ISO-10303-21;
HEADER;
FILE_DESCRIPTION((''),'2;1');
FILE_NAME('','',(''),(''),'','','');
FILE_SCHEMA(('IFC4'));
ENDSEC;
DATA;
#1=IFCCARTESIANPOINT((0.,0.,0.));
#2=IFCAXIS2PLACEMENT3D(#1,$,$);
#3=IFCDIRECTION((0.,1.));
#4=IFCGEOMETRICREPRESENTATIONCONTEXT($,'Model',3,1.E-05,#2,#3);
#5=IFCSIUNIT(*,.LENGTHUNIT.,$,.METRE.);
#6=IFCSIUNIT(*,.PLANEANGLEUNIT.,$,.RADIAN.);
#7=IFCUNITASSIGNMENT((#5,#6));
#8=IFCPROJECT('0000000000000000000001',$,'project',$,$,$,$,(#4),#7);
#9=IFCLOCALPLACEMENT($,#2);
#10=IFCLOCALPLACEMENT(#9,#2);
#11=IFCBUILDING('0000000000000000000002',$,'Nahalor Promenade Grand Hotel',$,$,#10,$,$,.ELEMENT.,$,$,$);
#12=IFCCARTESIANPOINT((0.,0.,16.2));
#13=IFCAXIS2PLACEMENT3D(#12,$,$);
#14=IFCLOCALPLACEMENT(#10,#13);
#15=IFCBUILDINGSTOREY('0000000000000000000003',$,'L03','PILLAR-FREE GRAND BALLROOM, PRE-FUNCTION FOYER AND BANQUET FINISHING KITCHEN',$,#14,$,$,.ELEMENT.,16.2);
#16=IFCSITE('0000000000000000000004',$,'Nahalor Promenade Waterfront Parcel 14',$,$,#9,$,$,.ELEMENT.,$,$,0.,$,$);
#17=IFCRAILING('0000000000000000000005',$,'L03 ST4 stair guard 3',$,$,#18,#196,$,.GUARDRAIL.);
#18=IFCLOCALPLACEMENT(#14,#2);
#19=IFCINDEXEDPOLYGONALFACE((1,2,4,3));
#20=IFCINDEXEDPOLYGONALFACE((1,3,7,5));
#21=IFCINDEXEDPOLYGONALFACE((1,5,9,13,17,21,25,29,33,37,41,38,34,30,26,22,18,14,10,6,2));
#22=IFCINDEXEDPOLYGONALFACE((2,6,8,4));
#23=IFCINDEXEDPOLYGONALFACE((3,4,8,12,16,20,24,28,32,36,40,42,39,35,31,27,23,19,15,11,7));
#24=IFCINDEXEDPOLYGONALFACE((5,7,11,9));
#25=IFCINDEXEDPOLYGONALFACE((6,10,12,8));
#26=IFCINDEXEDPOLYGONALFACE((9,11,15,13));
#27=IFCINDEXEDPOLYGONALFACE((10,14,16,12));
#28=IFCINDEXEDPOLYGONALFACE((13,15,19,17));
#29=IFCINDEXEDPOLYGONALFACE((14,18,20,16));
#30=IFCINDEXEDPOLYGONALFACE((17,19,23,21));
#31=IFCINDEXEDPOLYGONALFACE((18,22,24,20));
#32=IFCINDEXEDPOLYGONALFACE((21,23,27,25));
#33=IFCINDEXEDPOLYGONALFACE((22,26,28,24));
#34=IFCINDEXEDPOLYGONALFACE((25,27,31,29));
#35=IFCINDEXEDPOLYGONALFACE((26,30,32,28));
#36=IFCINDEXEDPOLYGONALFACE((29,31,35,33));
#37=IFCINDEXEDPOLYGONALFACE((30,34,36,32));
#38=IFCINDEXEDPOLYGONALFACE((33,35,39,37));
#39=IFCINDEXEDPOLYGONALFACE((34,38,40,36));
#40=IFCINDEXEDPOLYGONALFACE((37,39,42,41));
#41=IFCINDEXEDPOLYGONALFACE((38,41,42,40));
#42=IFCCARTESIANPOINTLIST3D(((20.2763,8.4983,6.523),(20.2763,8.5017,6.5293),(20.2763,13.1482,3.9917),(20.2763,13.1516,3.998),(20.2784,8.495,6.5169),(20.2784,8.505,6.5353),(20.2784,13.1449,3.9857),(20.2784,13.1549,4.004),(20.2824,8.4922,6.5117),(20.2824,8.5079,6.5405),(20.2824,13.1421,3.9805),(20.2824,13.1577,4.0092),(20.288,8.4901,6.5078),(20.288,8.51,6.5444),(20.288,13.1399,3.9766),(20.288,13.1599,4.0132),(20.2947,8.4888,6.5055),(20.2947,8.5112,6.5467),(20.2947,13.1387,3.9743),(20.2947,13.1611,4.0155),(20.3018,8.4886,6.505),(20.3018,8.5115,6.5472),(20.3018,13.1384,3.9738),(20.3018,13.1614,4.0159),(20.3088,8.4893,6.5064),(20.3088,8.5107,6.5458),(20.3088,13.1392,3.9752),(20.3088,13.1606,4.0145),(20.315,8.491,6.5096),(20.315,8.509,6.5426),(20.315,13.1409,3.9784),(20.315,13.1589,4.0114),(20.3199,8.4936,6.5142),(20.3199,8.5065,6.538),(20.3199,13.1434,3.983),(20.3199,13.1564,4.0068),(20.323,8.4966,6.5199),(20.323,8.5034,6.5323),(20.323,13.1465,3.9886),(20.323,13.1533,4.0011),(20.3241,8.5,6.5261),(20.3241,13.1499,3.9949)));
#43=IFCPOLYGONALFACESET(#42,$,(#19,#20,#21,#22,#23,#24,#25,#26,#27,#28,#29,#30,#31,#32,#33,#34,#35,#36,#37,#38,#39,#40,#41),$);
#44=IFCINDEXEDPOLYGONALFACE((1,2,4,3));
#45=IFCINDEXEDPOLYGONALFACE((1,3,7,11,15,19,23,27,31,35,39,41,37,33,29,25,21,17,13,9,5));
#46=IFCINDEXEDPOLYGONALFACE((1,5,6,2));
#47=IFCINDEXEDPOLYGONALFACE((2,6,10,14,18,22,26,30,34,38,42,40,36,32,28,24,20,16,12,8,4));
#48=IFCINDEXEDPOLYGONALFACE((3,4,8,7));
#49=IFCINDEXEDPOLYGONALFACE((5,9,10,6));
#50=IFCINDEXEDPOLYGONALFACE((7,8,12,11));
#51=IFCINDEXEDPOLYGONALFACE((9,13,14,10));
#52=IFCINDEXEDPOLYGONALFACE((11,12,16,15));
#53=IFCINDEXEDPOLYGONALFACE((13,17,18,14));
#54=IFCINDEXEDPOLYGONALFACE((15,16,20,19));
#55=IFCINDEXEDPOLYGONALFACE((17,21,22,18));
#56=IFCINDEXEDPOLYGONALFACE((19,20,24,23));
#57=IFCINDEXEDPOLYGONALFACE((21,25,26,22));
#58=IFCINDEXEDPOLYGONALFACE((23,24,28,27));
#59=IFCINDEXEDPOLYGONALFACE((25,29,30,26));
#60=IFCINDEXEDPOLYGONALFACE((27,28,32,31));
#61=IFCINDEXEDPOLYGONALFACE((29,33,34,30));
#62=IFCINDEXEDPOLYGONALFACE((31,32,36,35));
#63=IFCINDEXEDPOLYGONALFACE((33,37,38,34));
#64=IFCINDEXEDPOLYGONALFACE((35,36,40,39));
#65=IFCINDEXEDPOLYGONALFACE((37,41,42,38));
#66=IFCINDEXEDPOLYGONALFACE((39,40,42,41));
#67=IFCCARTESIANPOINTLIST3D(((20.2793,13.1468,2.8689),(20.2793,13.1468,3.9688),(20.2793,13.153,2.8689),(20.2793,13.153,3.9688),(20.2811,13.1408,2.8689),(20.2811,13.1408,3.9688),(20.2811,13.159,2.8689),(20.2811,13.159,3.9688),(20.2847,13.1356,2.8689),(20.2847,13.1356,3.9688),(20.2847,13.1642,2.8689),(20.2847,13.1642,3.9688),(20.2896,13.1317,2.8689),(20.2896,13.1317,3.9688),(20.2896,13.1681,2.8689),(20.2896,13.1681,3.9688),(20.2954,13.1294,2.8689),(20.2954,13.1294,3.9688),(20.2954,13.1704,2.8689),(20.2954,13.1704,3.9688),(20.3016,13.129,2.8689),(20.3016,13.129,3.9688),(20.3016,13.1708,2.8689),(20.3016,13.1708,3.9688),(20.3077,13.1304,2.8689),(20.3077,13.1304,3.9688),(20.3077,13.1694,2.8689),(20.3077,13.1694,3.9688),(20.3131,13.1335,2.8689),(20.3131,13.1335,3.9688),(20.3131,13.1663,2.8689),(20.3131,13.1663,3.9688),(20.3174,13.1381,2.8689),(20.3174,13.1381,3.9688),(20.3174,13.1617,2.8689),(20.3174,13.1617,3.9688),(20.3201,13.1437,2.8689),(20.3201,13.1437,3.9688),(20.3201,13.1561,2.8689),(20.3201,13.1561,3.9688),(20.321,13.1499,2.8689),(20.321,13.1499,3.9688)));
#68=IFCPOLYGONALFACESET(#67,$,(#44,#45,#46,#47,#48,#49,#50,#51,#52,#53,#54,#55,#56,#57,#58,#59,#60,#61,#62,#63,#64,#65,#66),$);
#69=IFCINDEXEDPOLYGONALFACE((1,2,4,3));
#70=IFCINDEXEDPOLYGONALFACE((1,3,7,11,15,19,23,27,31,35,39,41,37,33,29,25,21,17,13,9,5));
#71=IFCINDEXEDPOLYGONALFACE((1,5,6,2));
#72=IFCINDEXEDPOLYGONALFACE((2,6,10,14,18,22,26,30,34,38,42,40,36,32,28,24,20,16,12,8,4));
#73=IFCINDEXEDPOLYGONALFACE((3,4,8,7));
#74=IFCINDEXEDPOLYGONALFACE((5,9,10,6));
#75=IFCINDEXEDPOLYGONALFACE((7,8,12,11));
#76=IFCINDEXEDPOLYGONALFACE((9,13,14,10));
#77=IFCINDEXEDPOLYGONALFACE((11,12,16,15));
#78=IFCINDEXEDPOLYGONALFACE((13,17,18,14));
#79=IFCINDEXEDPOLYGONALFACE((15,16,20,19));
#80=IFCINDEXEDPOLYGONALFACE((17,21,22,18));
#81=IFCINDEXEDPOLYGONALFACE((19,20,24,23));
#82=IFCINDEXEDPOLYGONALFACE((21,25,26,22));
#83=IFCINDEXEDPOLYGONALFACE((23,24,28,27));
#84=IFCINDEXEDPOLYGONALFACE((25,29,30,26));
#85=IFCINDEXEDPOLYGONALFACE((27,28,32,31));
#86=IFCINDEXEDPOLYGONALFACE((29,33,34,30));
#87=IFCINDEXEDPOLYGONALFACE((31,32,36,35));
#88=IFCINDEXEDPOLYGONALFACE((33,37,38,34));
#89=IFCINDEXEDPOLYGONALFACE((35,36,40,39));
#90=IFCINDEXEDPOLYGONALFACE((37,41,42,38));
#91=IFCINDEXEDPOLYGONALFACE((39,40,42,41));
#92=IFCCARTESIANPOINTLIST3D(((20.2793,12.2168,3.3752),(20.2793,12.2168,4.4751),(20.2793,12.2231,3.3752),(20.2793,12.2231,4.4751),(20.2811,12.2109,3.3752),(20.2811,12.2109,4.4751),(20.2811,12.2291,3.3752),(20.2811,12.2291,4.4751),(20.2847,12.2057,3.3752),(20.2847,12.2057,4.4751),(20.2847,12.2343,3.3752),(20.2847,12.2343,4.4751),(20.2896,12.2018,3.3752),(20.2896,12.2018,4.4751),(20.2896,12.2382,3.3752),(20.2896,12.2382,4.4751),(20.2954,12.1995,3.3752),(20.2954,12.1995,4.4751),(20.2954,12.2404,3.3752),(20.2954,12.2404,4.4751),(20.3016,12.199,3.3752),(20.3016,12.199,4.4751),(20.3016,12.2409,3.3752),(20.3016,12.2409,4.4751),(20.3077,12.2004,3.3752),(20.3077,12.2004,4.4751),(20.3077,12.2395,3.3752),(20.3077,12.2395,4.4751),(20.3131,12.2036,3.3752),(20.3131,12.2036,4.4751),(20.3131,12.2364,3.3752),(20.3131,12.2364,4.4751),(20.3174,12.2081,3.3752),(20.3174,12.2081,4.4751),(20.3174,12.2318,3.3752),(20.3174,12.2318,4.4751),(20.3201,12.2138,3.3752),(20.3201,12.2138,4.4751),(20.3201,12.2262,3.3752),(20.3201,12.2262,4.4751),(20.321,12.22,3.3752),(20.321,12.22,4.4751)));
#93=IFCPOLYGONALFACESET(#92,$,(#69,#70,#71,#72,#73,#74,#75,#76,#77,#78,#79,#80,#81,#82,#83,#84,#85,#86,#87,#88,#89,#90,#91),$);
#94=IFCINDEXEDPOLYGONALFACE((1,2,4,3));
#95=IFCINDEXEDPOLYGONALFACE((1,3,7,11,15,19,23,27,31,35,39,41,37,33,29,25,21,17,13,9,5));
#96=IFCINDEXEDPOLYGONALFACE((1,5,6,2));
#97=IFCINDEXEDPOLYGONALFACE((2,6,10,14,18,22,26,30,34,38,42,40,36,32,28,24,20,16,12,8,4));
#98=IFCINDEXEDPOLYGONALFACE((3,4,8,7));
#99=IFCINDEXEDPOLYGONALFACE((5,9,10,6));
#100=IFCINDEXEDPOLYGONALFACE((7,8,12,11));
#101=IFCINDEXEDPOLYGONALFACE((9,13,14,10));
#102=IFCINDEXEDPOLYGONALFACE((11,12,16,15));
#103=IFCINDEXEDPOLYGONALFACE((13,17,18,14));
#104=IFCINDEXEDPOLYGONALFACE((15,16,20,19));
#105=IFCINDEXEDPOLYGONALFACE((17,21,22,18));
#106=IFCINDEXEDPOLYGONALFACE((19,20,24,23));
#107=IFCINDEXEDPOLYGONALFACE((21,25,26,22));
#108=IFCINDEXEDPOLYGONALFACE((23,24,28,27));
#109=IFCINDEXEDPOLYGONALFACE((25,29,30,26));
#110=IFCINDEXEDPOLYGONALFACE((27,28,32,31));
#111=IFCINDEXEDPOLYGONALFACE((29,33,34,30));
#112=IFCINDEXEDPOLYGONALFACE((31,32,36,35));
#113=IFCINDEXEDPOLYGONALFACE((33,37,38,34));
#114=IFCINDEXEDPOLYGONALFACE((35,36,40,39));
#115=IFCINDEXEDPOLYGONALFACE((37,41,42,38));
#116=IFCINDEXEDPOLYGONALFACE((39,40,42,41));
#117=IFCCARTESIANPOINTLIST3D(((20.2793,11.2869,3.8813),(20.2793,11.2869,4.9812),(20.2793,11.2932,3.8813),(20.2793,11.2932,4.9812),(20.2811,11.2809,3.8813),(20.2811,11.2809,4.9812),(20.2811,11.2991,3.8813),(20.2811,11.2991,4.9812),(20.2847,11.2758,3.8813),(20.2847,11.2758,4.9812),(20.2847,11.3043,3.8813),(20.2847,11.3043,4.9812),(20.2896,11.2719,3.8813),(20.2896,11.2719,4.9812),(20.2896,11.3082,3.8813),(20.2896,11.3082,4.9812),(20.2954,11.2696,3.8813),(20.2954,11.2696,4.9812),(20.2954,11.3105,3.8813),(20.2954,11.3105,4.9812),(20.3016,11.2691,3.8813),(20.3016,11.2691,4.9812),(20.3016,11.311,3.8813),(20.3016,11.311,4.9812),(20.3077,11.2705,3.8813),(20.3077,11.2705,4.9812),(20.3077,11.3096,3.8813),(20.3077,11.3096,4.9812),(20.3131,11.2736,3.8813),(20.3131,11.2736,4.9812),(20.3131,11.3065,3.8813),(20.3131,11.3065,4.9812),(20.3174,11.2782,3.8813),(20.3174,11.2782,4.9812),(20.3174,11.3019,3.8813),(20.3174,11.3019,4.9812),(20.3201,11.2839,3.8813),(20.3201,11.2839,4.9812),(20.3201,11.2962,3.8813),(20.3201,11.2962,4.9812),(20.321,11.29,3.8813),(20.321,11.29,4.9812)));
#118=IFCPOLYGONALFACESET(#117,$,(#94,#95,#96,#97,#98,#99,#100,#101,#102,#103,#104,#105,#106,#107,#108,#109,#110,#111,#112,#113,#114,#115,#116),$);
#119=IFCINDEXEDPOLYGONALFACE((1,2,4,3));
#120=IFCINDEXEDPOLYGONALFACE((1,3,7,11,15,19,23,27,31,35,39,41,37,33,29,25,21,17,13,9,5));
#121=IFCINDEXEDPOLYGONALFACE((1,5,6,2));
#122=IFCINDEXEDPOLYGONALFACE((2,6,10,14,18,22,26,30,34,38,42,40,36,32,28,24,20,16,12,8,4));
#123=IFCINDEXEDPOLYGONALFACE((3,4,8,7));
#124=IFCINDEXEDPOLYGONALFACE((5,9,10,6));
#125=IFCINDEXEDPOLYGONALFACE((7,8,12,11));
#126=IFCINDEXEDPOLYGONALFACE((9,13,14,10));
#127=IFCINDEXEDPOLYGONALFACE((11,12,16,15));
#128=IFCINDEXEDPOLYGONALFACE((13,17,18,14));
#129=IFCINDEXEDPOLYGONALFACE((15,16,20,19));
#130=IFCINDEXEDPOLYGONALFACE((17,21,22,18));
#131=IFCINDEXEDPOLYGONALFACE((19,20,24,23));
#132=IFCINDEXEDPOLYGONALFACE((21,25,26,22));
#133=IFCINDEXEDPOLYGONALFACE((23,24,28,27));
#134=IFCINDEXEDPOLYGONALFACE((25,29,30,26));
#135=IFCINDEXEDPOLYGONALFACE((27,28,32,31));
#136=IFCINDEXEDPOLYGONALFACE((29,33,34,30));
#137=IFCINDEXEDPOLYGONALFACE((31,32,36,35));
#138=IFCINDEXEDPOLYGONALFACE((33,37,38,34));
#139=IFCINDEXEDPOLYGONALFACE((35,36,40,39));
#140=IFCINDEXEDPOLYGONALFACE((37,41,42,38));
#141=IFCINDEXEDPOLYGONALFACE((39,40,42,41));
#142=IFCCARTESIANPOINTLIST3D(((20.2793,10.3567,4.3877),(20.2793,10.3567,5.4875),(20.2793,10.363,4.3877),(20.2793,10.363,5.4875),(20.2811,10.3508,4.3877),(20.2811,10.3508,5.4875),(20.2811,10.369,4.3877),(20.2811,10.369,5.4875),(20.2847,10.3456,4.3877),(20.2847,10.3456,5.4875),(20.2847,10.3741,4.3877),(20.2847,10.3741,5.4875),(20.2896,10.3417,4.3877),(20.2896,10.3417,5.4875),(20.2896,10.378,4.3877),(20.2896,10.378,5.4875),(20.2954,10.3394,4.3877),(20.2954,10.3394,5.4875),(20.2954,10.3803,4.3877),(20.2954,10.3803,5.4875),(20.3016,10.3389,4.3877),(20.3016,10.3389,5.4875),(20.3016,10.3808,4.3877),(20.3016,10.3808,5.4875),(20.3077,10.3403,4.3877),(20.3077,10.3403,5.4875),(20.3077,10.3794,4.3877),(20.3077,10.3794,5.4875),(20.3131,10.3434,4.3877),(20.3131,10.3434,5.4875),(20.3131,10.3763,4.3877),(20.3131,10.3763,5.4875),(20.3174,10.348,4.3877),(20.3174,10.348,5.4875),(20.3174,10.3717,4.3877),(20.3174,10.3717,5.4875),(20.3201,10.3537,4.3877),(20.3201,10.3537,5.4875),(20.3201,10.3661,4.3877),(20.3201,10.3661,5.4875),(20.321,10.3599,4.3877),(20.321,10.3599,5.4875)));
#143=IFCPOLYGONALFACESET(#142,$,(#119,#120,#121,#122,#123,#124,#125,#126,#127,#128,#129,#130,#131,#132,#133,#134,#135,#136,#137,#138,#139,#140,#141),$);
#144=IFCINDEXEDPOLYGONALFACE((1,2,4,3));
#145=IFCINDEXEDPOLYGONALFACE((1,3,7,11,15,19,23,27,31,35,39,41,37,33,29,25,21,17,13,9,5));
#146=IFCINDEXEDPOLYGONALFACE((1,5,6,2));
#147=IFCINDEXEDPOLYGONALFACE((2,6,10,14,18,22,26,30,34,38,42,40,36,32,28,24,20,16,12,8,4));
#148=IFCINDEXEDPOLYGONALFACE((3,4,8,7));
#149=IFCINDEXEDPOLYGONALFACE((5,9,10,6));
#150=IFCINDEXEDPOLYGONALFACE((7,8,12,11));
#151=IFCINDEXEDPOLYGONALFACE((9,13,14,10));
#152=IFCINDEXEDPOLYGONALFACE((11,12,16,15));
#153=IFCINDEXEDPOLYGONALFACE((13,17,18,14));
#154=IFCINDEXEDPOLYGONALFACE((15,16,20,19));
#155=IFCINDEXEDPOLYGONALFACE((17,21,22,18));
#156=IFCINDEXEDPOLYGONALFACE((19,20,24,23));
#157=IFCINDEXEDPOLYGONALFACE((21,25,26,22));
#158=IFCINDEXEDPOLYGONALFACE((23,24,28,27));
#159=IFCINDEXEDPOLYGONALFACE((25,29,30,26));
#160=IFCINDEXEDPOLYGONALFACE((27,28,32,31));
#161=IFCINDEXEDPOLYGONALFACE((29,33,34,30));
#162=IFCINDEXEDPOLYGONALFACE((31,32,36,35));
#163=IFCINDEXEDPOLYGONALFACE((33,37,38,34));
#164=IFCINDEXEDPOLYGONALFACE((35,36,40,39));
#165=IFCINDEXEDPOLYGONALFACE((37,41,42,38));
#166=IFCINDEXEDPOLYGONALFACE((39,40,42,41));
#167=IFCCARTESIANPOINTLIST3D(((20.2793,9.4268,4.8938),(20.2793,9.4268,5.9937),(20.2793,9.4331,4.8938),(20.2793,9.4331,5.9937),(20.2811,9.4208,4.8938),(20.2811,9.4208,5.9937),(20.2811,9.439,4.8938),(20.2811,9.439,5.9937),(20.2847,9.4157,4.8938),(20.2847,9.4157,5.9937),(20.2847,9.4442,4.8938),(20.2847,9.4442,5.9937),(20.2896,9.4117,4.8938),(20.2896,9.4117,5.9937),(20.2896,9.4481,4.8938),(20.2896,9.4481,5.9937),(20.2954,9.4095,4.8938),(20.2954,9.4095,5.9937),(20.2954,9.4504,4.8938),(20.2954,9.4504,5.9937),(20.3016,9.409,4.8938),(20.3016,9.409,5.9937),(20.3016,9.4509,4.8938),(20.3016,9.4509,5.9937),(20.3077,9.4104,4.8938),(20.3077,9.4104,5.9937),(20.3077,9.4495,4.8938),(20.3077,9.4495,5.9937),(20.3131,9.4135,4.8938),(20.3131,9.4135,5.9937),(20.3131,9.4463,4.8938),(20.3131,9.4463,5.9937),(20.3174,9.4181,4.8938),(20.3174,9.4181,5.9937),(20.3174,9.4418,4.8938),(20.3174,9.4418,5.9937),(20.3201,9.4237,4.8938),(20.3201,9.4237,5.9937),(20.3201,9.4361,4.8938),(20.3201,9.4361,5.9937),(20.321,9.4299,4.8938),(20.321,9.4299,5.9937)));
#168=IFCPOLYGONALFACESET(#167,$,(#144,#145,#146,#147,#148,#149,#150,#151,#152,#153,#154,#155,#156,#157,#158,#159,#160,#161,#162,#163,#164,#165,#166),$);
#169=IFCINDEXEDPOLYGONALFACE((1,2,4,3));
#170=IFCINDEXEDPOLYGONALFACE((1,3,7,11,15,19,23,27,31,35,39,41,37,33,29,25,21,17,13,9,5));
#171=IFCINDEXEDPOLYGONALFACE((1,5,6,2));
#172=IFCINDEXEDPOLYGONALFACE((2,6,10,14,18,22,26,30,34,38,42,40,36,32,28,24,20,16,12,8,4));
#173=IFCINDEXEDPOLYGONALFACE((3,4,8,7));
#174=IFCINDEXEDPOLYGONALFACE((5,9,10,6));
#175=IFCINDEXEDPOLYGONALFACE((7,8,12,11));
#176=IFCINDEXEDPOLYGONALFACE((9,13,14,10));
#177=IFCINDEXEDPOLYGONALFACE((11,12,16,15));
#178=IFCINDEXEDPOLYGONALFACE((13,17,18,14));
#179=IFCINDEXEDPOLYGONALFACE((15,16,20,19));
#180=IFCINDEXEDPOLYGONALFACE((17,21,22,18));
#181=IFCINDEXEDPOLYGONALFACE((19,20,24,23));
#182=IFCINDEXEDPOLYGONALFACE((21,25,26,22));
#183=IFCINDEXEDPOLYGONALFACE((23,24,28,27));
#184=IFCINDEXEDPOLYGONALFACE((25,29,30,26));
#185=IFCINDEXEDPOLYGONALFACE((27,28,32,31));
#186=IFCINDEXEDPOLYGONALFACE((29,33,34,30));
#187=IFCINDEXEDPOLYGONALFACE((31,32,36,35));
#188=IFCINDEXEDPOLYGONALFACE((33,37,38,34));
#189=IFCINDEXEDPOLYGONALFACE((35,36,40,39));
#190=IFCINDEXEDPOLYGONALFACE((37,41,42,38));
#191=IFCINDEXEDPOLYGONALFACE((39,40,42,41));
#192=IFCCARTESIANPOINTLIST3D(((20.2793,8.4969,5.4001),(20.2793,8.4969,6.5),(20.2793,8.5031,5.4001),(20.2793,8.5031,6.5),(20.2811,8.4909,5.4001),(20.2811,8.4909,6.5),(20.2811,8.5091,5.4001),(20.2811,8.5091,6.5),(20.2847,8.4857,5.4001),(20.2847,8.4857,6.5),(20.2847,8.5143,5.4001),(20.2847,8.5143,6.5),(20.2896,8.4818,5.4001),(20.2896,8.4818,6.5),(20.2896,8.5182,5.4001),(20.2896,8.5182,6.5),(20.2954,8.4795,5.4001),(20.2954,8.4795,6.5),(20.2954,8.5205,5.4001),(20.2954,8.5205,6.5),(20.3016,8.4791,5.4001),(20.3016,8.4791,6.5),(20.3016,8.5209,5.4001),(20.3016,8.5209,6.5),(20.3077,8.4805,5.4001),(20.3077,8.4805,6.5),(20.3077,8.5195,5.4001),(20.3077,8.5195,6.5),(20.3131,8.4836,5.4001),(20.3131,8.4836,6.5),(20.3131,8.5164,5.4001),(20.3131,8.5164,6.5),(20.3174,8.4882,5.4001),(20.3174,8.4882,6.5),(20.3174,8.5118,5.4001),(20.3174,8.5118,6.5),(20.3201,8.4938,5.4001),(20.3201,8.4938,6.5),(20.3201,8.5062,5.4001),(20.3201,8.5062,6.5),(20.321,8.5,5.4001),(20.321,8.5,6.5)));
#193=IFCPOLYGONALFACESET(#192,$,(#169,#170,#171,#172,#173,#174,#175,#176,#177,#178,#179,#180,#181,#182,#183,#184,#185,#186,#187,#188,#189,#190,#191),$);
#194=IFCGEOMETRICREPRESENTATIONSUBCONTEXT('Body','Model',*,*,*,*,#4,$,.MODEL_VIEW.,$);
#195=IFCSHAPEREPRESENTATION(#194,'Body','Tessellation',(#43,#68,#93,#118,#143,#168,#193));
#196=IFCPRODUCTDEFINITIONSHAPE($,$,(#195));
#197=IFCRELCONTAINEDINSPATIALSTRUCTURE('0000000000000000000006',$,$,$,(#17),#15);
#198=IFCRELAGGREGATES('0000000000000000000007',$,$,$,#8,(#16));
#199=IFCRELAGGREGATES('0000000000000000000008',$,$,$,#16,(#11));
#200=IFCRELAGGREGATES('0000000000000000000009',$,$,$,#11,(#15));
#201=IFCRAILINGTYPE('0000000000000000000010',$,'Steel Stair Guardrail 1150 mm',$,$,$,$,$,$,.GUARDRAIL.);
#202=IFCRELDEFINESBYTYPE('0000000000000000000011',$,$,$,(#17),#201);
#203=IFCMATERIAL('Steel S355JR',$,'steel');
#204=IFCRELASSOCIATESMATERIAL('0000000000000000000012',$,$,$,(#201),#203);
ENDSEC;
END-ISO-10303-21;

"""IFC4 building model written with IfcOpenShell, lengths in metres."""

from ifc_helpers import new_model, si_unit, direction, frame, origin, origin_2d, place, context, subcontext, project, spatial, circle, extrude, material, type_object, element, save


model = new_model("IFC4")

# Units and contexts
model_context = context("Model", 3, precision=1e-05, world=origin(), true_north=direction((0.0, 1.0)))
body_context = subcontext(model_context, "Body", "Model", "MODEL_VIEW")
ifc_project = project(units=[si_unit("LENGTHUNIT", "METRE"), si_unit("PLANEANGLEUNIT", "RADIAN")], contexts=[model_context])

# Site, building, storey
site_placement = place(None, origin())
site = spatial("IfcSite", under=ifc_project, at=site_placement, Name="Nahalor Promenade Waterfront Parcel 14", CompositionType="ELEMENT", RefElevation=0.0)
building_placement = place(site_placement, origin())
building = spatial("IfcBuilding", under=site, at=building_placement, Name="Nahalor Promenade Grand Hotel", CompositionType="ELEMENT")
storey_placement = place(building_placement, frame((0.0, 0.0, 16.2)))
storey = spatial("IfcBuildingStorey", under=building, at=storey_placement, Name="L03", Description="PILLAR-FREE GRAND BALLROOM, PRE-FUNCTION FOYER AND BANQUET FINISHING KITCHEN", CompositionType="ELEMENT", Elevation=16.2)

# Shared definitions
ifc_material_1 = material(Name="Steel S355JR", Category="steel")

# Railing
railing_type_1 = type_object("IfcRailingType", Name="Steel Stair Guardrail 1150 mm", PredefinedType="GUARDRAIL", material=ifc_material_1)
railing_1_placement = place(storey_placement, frame((20.3, 13.1499, 2.8689)))
element("IfcRailing", 1, at=railing_1_placement, inside=storey, type_object=railing_type_1, Name="L03 ST4 stair guard 3", PredefinedType="GUARDRAIL", context=body_context, shape_type="SweptSolid", body=[
    extrude(circle(Radius=0.024, at=origin_2d()), frame((0.0, 0.0, 1.126), z_axis=(0.0, -0.878297, 0.478115), x_axis=(1.0, 0.0, 0.0)), (0.0, 0.0, 1.0), 5.2942),
    extrude(circle(Radius=0.021, at=origin_2d()), origin(), (0.0, 0.0, 1.0), 1.0999),
    extrude(circle(Radius=0.021, at=origin_2d()), frame((0.0, -0.9299, 0.5063)), (0.0, 0.0, 1.0), 1.0999),
    extrude(circle(Radius=0.021, at=origin_2d()), frame((0.0, -1.8599, 1.0125)), (0.0, 0.0, 1.0), 1.0999),
    extrude(circle(Radius=0.021, at=origin_2d()), frame((0.0, -2.79, 1.5188)), (0.0, 0.0, 1.0), 1.0999),
    extrude(circle(Radius=0.021, at=origin_2d()), frame((0.0, -3.72, 2.0249)), (0.0, 0.0, 1.0), 1.0999),
    extrude(circle(Radius=0.021, at=origin_2d()), frame((0.0, -4.6499, 2.5312)), (0.0, 0.0, 1.0), 1.0999),
])

save(model, "model.ifc")
